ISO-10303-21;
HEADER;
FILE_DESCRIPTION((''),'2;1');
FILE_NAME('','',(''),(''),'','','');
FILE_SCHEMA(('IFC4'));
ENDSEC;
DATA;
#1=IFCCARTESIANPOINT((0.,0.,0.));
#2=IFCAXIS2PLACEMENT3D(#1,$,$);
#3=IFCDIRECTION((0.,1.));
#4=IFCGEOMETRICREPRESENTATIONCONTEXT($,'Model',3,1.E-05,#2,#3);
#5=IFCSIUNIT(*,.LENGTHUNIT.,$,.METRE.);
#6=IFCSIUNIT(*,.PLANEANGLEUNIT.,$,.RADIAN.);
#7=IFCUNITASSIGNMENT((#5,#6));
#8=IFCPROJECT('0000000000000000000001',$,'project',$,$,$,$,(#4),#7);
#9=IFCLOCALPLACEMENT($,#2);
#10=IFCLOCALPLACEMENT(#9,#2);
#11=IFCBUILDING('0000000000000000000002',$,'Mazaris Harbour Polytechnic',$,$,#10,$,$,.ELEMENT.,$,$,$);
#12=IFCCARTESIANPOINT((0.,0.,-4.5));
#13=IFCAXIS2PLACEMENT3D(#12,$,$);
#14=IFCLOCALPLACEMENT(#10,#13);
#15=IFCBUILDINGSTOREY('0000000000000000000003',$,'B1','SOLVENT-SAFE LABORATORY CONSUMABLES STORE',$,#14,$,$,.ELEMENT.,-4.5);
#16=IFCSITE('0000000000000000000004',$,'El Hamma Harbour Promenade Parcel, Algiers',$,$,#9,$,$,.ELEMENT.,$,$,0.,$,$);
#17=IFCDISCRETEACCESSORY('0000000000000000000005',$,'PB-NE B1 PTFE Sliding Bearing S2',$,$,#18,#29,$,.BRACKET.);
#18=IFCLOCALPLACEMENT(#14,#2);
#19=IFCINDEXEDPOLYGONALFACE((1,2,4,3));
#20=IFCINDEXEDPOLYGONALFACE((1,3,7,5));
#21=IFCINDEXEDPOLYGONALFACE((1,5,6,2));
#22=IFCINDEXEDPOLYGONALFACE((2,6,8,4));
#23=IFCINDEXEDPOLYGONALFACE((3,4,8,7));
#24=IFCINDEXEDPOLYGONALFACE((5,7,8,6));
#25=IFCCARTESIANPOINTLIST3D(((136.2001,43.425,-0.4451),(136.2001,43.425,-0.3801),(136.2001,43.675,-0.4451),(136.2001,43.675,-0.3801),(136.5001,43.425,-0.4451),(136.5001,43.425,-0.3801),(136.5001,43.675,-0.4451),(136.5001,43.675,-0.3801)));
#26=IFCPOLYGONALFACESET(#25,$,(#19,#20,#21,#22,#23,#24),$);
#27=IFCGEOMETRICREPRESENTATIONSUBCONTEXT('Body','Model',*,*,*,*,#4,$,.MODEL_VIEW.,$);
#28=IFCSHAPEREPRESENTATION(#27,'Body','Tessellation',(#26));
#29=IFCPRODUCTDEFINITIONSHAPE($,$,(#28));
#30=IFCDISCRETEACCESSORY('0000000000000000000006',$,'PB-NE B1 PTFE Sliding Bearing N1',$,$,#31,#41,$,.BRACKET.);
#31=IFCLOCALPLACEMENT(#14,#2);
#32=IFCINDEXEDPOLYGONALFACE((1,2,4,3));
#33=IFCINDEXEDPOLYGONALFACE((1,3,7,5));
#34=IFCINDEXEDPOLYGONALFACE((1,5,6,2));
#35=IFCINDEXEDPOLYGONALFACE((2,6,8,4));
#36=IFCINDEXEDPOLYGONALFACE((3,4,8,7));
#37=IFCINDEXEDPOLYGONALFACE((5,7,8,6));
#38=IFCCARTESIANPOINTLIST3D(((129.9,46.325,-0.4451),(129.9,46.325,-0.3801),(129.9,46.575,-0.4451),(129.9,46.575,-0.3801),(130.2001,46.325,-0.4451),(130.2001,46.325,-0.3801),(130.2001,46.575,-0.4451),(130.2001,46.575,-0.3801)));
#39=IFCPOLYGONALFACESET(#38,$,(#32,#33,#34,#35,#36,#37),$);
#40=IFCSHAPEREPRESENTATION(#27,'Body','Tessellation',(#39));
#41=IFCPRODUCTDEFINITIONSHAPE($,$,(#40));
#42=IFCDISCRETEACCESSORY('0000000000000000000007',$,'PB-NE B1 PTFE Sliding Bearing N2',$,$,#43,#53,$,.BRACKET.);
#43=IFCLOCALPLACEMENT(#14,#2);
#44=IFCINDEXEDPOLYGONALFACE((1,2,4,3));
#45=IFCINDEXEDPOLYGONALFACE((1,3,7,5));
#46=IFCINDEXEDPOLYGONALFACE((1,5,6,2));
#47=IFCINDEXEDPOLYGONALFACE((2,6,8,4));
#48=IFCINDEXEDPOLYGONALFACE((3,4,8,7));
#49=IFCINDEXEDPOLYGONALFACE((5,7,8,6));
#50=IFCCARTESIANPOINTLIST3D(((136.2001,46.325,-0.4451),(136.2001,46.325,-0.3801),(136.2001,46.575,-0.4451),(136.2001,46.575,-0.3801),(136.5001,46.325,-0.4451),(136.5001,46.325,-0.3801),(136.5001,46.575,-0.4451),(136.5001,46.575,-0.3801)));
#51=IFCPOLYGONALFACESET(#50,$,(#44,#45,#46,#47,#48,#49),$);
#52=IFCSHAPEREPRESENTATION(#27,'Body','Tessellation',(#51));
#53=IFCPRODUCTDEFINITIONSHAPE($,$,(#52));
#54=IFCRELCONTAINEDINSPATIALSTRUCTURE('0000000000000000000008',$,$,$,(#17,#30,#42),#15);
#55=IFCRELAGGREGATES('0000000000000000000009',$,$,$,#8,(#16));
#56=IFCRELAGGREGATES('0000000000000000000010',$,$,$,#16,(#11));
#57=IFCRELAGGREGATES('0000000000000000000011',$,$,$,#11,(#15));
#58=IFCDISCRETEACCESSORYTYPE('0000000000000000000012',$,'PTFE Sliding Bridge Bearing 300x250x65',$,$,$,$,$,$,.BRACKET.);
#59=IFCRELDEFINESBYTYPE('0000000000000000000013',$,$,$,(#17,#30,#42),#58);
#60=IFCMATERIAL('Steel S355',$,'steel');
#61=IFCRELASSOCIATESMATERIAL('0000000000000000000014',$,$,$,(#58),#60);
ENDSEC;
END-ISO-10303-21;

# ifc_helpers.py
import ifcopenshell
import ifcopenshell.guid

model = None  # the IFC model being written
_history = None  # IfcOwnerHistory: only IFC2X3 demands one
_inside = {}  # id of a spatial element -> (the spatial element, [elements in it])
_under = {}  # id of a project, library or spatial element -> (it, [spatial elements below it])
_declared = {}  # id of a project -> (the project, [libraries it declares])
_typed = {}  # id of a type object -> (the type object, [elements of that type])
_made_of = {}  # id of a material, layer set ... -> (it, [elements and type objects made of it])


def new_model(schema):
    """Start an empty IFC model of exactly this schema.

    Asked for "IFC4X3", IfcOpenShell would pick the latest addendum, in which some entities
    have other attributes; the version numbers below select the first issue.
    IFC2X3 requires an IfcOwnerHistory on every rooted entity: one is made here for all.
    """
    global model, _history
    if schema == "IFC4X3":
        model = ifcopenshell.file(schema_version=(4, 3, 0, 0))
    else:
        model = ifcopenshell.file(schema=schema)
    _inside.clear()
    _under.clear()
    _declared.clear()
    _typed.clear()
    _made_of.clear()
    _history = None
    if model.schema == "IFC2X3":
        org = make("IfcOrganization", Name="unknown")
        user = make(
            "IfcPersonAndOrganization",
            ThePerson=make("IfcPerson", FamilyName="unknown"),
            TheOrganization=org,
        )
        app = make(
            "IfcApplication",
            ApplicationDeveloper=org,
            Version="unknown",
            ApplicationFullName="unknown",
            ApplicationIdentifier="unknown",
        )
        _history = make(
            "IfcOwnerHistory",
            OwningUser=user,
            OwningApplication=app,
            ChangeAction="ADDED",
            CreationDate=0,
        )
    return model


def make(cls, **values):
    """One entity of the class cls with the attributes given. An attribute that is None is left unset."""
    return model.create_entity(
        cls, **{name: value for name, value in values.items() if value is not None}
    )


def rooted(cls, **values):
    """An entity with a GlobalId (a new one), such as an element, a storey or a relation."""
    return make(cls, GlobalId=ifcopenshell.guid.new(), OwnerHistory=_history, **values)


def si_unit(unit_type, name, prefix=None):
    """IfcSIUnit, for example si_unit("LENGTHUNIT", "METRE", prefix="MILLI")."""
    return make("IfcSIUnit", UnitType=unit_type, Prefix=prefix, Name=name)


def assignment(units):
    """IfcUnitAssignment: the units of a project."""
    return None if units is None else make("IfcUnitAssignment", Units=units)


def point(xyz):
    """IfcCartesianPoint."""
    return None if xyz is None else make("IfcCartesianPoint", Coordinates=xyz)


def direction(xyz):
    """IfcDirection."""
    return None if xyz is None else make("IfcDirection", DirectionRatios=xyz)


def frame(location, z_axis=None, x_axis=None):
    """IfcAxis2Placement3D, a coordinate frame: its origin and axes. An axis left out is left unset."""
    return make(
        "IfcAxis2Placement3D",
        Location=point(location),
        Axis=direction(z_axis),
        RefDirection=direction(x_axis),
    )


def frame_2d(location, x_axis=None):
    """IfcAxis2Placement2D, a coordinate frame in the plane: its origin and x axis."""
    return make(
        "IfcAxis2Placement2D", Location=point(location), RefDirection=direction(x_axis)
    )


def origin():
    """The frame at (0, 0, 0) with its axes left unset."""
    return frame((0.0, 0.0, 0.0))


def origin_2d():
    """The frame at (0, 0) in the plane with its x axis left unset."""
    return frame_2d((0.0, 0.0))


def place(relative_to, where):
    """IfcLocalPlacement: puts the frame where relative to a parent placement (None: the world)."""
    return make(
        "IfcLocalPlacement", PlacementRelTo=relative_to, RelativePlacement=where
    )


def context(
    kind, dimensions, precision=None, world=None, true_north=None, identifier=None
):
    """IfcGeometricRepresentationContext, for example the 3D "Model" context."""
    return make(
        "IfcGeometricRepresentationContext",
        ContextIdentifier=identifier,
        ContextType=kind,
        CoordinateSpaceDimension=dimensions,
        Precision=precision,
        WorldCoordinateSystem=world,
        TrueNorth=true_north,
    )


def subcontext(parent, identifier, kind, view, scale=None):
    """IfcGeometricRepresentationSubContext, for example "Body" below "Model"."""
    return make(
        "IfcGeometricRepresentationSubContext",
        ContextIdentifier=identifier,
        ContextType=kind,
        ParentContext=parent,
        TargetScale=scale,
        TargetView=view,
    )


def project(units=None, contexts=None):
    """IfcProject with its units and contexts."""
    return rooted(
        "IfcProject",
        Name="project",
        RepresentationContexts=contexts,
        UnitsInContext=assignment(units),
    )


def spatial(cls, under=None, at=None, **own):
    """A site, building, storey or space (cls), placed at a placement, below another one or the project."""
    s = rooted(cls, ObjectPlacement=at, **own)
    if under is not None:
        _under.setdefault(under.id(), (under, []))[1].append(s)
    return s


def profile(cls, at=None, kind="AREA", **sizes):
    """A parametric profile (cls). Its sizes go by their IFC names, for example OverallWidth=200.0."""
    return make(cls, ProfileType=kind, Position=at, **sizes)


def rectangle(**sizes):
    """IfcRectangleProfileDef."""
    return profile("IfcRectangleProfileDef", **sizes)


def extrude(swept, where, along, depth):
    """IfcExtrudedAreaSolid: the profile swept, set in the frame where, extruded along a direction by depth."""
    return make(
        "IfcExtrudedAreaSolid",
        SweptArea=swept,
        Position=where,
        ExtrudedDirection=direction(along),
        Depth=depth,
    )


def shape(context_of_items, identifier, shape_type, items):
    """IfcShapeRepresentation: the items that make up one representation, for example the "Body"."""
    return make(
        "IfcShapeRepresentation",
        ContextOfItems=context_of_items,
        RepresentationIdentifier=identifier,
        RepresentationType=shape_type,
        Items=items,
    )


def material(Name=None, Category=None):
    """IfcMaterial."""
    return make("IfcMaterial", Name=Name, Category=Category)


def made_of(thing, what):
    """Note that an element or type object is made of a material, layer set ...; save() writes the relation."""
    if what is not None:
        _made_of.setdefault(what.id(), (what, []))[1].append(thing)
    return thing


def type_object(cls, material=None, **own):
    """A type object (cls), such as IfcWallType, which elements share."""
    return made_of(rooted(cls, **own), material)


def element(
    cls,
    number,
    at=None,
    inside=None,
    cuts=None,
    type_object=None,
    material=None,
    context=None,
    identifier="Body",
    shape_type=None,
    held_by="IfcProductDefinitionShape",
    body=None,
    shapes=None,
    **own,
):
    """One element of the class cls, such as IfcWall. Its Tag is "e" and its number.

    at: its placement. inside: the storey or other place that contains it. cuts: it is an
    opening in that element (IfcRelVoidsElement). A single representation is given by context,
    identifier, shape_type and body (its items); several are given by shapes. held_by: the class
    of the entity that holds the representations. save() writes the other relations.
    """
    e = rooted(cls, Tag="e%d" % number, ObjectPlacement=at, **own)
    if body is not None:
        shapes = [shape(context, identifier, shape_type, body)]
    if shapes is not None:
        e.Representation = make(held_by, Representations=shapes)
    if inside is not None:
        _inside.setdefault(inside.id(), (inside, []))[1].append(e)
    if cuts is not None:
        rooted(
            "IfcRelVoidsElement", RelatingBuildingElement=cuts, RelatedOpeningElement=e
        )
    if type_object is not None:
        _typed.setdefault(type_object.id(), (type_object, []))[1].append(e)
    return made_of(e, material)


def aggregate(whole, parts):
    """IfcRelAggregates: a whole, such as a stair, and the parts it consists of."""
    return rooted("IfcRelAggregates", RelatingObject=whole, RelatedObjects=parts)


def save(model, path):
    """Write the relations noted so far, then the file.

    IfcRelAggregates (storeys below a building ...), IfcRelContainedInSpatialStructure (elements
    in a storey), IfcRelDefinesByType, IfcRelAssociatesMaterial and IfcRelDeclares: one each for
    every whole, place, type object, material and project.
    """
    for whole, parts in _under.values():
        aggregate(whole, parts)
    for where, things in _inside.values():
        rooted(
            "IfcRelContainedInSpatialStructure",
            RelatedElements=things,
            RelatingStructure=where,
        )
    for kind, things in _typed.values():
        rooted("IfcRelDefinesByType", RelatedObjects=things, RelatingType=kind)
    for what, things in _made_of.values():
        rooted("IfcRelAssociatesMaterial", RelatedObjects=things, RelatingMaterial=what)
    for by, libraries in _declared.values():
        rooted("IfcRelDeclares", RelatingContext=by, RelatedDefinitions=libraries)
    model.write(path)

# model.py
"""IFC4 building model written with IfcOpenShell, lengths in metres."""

from ifc_helpers import new_model, si_unit, direction, frame, origin, origin_2d, place, context, subcontext, project, spatial, rectangle, extrude, material, type_object, element, save


model = new_model("IFC4")

# Units and contexts
model_context = context("Model", 3, precision=1e-05, world=origin(), true_north=direction((0.0, 1.0)))
body_context = subcontext(model_context, "Body", "Model", "MODEL_VIEW")
ifc_project = project(units=[si_unit("LENGTHUNIT", "METRE"), si_unit("PLANEANGLEUNIT", "RADIAN")], contexts=[model_context])

# Site, building, storey
site_placement = place(None, origin())
site = spatial("IfcSite", under=ifc_project, at=site_placement, Name="El Hamma Harbour Promenade Parcel, Algiers", CompositionType="ELEMENT", RefElevation=0.0)
building_placement = place(site_placement, origin())
building = spatial("IfcBuilding", under=site, at=building_placement, Name="Mazaris Harbour Polytechnic", CompositionType="ELEMENT")
storey_placement = place(building_placement, frame((0.0, 0.0, -4.5)))
storey = spatial("IfcBuildingStorey", under=building, at=storey_placement, Name="B1", Description="SOLVENT-SAFE LABORATORY CONSUMABLES STORE", CompositionType="ELEMENT", Elevation=-4.5)

# Discrete accessories
ifc_material_1 = material(Name="Steel S355", Category="steel")
discrete_accessory_type = type_object("IfcDiscreteAccessoryType", Name="PTFE Sliding Bridge Bearing 300x250x65", PredefinedType="BRACKET", material=ifc_material_1)
for number, where, z_axis, x_axis, name in (
    (1, (136.3501, 43.55, -0.4451), (0.0, 0.0, 1.0), (1.0, 0.0, 0.0), "PB-NE B1 PTFE Sliding Bearing S2"),
    (2, (130.05, 46.45, -0.4451), (0.0, 0.0, 1.0), (1.0, 0.0, 0.0), "PB-NE B1 PTFE Sliding Bearing N1"),
    (3, (136.3501, 46.45, -0.4451), (0.0, 0.0, 1.0), (1.0, 0.0, 0.0), "PB-NE B1 PTFE Sliding Bearing N2"),
):
    element("IfcDiscreteAccessory", number, at=place(storey_placement, frame(where, z_axis=z_axis, x_axis=x_axis)), inside=storey, type_object=discrete_accessory_type, Name=name, PredefinedType="BRACKET", context=body_context, shape_type="SweptSolid", body=[
        extrude(rectangle(XDim=0.3, YDim=0.25, at=origin_2d()), origin(), (0.0, 0.0, 1.0), 0.0649),
    ])

save(model, "model.ifc")
